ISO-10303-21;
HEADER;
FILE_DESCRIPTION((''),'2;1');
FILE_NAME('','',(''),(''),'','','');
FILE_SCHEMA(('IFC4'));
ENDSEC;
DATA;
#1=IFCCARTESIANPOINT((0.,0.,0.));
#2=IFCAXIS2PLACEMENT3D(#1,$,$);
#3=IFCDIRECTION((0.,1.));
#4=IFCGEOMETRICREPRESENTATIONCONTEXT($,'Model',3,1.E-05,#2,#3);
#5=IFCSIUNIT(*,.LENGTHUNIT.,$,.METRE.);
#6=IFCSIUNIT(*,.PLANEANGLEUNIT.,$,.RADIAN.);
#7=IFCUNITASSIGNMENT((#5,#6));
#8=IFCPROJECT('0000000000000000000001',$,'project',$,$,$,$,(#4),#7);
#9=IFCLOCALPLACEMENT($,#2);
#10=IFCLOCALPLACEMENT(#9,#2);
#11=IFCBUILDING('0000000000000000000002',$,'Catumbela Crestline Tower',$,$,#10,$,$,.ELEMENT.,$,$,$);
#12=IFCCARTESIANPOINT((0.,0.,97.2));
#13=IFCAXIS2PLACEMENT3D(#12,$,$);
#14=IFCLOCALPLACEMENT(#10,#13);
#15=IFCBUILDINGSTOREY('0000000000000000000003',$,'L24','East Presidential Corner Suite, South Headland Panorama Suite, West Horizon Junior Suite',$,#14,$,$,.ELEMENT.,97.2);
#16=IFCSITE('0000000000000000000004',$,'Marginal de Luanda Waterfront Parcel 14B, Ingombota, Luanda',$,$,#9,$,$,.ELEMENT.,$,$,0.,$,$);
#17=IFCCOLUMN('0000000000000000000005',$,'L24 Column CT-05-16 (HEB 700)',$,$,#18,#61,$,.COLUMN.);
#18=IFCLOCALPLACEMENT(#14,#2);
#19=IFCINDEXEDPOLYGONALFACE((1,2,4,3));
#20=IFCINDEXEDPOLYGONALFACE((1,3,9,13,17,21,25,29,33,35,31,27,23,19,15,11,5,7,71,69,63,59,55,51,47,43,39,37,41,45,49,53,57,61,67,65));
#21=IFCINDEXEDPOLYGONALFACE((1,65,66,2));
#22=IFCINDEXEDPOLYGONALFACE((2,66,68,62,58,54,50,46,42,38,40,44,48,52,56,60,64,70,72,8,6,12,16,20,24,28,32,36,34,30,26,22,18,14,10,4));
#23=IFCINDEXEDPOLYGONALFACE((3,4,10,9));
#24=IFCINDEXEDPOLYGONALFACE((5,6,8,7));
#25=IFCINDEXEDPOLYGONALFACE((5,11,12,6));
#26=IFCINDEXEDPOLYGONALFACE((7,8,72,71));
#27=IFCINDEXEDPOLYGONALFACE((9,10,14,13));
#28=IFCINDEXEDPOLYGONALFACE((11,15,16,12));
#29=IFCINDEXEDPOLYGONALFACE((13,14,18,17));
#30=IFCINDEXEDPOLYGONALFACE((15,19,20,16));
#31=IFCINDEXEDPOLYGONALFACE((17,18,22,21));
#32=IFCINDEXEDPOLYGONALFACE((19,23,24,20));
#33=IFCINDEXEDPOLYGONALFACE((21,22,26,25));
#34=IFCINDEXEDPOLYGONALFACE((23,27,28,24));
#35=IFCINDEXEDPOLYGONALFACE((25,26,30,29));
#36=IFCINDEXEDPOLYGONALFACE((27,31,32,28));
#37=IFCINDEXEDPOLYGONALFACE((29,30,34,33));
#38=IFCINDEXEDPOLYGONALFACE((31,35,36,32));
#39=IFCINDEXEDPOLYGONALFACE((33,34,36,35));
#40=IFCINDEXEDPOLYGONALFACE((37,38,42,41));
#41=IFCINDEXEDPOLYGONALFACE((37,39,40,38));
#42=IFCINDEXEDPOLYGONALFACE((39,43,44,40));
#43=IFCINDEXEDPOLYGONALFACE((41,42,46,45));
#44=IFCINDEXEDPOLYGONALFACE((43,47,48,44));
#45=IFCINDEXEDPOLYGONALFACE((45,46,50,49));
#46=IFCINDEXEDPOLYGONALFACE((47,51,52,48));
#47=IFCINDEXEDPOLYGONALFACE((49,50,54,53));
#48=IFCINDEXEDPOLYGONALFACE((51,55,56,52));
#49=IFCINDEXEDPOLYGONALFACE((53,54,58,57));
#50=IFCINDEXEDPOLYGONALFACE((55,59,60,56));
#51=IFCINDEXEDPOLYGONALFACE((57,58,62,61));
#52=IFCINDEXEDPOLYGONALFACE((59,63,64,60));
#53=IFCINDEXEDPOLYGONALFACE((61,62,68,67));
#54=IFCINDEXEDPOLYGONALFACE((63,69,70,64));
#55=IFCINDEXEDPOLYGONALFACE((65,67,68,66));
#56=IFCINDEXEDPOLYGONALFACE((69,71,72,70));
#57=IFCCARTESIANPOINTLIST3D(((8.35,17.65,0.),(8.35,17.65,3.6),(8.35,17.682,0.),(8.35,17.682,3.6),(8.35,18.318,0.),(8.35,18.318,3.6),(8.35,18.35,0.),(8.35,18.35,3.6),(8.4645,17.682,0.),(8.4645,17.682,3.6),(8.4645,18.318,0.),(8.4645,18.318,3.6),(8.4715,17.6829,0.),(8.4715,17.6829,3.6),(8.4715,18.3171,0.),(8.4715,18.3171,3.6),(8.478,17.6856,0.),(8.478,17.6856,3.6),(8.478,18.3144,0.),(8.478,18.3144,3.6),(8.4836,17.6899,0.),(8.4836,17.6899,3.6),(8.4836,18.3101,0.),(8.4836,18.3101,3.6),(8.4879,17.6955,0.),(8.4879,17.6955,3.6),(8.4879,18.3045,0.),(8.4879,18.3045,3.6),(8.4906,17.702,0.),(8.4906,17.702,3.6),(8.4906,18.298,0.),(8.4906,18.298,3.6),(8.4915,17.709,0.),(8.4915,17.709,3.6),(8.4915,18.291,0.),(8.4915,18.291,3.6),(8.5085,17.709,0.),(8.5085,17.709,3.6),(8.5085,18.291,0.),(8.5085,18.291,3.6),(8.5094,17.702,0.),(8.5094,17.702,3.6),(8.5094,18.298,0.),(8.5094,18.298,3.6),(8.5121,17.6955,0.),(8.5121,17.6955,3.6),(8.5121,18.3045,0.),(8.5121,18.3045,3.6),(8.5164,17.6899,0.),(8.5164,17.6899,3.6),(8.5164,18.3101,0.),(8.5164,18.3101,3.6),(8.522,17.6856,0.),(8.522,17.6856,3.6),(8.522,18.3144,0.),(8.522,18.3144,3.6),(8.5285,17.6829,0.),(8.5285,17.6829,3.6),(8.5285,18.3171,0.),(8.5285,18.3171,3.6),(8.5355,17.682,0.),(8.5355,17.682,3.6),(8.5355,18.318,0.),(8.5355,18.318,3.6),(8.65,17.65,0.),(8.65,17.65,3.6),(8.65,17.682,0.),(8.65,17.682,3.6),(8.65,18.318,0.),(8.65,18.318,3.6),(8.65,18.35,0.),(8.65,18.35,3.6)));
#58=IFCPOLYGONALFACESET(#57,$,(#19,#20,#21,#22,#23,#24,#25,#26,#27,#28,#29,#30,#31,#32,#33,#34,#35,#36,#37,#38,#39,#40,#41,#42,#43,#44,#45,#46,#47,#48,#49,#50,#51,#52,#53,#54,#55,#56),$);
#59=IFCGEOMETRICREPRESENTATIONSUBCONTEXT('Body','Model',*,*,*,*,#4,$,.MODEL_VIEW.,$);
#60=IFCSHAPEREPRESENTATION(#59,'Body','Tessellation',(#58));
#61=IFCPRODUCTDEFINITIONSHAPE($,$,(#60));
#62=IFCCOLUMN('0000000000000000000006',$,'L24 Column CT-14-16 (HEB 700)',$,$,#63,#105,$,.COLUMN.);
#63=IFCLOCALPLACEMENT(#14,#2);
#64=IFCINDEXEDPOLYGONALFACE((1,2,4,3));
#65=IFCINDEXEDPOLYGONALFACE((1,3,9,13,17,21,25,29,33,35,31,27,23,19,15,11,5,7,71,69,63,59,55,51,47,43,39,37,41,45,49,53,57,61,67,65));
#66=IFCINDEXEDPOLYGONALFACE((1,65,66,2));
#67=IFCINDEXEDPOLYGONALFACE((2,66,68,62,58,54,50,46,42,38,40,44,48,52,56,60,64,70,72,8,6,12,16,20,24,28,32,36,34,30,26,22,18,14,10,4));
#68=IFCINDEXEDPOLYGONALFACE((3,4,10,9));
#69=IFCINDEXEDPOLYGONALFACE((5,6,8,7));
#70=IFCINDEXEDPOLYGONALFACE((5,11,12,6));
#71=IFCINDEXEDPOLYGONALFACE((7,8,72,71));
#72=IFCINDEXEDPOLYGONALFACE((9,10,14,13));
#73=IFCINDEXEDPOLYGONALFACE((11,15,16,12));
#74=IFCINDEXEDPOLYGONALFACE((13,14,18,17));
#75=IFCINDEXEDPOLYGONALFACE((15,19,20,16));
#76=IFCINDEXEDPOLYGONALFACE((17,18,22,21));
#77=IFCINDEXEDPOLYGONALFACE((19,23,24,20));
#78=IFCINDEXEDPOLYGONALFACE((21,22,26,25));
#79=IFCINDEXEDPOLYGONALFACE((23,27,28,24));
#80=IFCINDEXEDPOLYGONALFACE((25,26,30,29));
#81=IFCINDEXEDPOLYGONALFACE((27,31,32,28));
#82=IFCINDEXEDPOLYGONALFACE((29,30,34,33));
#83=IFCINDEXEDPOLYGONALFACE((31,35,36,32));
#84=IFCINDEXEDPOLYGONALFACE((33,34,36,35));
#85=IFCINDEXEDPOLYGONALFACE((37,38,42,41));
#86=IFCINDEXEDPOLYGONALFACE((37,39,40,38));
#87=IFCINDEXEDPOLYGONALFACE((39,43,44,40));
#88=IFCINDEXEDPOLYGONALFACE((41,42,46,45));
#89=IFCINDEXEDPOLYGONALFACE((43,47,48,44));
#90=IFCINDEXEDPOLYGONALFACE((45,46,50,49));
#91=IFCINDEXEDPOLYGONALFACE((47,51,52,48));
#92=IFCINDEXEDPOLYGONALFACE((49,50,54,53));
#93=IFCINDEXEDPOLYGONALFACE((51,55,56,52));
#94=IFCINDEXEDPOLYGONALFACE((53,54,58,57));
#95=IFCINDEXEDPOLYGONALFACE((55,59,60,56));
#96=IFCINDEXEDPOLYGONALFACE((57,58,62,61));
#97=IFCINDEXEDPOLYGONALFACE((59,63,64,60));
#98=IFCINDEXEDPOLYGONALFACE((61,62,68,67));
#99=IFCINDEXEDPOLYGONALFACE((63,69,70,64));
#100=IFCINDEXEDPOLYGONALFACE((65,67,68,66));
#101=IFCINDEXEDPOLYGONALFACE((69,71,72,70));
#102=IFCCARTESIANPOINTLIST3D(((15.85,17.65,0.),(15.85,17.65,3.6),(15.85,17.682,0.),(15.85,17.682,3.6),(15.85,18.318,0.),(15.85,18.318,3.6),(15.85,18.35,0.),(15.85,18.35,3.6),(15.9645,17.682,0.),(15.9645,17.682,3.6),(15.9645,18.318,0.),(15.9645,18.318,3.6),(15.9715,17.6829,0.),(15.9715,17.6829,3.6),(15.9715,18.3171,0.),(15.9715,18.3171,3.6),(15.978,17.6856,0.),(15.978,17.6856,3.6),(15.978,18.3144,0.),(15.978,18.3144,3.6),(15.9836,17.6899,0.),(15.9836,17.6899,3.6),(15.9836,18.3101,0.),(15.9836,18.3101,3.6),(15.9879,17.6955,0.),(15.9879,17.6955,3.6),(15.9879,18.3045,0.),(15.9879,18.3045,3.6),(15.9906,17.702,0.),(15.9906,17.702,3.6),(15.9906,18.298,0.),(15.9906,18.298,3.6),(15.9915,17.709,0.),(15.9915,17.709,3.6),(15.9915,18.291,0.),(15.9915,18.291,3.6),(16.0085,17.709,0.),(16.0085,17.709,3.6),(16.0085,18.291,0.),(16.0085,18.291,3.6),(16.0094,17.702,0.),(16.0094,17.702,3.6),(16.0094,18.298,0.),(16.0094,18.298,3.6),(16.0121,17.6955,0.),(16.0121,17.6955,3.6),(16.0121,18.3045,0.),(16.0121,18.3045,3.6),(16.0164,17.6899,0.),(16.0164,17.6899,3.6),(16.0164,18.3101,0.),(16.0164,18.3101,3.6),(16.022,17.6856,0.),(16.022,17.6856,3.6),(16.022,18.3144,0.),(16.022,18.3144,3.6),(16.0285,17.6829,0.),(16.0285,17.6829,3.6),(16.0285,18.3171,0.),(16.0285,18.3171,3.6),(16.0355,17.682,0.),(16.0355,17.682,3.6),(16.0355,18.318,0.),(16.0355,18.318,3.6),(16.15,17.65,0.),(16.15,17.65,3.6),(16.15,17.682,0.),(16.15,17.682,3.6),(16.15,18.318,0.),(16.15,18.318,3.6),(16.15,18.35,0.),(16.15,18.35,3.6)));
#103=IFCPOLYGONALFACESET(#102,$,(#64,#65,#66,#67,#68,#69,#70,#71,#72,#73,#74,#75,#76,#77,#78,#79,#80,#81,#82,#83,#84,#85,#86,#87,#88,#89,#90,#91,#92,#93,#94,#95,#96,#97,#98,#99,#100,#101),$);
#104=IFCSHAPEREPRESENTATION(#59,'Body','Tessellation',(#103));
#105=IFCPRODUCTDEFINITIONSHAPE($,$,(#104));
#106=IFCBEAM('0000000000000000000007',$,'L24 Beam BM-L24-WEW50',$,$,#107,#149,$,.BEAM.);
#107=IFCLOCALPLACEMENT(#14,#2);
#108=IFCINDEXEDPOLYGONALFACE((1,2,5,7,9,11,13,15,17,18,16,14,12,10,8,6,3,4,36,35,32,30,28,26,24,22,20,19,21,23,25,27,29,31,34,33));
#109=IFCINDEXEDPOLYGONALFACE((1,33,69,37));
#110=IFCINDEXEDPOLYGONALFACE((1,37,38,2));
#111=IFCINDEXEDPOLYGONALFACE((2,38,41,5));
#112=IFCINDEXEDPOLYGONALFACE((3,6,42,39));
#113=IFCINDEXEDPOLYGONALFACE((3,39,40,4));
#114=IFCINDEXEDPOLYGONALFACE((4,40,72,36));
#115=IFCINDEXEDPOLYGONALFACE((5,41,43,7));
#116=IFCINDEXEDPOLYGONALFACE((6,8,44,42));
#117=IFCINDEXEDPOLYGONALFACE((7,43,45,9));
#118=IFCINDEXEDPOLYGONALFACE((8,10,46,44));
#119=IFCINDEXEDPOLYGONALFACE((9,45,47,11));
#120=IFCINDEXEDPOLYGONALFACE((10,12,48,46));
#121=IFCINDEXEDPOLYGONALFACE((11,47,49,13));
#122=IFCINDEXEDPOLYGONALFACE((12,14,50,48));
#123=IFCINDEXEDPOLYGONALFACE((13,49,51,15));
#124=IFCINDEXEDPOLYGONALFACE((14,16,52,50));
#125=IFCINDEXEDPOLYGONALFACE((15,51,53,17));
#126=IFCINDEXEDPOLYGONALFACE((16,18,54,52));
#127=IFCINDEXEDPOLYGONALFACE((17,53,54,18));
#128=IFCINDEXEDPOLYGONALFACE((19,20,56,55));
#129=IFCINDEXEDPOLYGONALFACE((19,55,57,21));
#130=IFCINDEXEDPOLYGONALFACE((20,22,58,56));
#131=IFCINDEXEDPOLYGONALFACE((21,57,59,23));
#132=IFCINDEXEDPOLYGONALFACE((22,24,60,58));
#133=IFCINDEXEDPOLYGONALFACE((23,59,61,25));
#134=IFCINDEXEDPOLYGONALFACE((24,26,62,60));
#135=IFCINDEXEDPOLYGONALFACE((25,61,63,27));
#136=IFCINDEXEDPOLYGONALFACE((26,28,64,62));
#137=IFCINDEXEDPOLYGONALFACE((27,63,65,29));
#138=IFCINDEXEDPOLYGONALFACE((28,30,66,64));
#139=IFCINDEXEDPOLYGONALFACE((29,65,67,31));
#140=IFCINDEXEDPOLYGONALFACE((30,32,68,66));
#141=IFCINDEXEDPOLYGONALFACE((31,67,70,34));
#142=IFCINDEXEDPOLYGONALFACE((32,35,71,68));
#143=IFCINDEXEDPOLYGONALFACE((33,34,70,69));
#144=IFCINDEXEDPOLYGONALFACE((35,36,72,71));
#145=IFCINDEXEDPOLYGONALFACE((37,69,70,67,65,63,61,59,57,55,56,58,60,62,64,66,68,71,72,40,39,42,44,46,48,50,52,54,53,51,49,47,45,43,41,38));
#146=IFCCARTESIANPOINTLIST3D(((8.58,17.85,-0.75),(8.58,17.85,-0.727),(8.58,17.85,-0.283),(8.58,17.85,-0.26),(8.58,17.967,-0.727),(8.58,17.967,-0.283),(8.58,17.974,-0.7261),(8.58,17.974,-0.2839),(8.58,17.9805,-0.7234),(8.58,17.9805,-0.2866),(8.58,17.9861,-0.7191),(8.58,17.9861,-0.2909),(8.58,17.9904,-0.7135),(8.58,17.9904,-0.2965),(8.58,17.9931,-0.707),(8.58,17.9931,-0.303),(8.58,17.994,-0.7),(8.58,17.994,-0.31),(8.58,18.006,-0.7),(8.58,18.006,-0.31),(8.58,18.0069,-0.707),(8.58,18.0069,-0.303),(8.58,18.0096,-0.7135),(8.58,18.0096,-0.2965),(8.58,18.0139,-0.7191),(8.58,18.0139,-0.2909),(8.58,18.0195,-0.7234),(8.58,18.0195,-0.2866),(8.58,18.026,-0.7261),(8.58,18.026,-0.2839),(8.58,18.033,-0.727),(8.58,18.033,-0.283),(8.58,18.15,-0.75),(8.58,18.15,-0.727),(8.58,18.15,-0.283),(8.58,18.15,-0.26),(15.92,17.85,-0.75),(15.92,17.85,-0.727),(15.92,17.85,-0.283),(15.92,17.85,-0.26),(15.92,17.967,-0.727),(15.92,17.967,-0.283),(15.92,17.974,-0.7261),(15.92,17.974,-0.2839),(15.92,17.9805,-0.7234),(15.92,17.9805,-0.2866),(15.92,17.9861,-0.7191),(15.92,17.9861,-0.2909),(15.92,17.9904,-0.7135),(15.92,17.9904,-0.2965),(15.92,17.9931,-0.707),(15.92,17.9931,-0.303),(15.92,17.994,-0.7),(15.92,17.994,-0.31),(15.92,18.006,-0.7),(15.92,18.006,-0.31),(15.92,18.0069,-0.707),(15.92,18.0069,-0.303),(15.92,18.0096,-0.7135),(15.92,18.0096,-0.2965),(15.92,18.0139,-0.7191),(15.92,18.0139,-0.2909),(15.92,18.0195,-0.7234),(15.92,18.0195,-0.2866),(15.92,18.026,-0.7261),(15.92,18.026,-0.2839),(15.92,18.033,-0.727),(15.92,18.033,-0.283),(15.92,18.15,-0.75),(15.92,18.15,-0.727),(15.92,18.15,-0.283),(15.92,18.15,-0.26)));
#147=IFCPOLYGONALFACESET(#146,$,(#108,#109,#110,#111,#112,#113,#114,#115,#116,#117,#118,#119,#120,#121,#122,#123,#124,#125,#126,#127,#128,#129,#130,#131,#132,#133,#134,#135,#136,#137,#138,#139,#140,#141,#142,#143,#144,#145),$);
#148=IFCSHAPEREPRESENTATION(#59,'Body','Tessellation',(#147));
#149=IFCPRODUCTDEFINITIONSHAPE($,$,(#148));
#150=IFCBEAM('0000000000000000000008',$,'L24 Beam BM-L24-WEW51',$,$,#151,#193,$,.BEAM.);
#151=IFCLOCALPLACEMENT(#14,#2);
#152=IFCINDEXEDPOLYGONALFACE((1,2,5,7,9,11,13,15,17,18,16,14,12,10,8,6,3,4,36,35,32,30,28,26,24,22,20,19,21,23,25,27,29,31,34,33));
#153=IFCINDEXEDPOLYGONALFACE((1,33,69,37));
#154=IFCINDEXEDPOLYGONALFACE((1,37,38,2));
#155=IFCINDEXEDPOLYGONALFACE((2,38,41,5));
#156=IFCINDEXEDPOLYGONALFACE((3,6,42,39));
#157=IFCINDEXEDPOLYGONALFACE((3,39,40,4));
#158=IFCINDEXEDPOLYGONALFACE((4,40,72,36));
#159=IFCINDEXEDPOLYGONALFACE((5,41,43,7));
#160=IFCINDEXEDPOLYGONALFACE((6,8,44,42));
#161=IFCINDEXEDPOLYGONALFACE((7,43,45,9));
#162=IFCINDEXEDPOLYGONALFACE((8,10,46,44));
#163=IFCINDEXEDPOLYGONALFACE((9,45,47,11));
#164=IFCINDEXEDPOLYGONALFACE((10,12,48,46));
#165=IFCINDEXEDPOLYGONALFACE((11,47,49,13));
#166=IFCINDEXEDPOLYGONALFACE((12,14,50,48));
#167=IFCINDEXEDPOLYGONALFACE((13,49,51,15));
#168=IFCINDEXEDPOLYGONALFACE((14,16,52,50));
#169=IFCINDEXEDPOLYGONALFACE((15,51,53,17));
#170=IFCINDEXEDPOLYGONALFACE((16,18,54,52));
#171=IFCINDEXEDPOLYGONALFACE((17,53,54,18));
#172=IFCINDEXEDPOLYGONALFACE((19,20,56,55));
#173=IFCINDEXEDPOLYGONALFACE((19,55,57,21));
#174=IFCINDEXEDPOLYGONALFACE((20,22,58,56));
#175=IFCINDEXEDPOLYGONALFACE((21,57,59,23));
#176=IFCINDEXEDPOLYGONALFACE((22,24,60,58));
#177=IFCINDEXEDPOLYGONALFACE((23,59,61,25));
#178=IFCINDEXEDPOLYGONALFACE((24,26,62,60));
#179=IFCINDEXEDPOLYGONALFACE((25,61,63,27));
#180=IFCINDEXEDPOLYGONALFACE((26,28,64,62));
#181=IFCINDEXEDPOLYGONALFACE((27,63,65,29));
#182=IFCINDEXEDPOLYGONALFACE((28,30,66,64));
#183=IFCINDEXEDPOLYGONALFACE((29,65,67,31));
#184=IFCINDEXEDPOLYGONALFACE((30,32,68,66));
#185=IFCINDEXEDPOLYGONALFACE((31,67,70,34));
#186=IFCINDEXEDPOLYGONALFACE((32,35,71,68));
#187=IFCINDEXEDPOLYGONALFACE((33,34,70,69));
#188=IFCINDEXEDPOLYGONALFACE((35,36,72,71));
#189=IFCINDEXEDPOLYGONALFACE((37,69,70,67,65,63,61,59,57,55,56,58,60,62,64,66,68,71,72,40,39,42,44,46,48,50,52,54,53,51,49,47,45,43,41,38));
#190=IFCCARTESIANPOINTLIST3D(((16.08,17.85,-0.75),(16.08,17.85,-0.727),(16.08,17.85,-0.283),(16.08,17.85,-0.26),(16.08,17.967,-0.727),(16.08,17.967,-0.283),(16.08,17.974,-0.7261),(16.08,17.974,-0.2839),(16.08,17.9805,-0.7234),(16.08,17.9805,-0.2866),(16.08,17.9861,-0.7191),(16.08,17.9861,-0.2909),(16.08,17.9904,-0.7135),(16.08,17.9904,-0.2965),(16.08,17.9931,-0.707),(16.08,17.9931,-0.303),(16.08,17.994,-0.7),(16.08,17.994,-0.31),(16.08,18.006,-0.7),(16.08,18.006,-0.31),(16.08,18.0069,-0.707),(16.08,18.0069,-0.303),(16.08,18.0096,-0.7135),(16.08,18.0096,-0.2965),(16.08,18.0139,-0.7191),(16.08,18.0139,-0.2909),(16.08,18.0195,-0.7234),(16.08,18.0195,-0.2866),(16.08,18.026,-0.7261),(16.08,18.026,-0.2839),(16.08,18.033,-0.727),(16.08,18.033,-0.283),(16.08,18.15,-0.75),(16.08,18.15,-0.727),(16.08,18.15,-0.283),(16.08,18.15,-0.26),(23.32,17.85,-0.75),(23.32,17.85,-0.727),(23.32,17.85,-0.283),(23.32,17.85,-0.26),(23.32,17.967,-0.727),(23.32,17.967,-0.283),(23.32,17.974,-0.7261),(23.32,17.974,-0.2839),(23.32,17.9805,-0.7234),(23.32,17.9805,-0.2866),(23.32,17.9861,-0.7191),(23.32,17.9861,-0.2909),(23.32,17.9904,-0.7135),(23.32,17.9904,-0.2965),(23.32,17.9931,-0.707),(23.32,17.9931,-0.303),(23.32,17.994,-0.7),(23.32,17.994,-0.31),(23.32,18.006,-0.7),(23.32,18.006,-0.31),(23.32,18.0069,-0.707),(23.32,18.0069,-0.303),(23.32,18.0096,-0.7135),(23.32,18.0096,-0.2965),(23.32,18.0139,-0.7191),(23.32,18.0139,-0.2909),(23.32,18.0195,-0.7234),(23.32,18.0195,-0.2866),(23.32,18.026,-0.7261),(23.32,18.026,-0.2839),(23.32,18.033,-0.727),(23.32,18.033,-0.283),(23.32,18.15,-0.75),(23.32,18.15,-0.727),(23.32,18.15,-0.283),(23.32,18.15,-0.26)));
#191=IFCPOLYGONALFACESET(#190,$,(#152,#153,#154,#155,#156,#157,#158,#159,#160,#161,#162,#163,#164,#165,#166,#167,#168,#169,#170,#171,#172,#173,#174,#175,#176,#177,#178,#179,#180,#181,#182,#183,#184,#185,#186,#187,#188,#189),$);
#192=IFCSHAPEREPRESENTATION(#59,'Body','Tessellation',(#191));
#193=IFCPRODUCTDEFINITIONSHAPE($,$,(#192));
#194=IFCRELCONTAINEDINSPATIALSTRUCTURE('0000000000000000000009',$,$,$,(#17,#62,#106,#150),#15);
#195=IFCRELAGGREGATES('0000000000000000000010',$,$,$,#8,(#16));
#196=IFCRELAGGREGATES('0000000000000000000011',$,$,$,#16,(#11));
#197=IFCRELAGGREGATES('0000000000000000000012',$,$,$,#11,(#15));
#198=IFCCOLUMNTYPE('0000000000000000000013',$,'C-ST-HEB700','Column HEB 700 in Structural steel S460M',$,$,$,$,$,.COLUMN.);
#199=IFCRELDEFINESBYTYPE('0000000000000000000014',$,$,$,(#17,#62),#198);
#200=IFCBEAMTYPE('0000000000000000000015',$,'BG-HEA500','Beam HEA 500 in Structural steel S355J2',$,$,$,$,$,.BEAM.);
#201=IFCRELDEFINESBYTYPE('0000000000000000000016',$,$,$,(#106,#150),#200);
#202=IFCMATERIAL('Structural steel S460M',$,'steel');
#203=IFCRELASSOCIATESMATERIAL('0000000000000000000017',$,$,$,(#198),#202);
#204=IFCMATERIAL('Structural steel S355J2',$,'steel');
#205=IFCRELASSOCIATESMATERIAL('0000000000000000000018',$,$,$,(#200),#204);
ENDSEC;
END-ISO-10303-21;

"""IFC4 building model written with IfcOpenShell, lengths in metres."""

from ifc_helpers import new_model, si_unit, direction, frame, origin, origin_2d, place, context, subcontext, project, spatial, i_section, extrude, material, material_profile, profile_set, type_object, element, save


model = new_model("IFC4")

# Units and contexts
model_context = context("Model", 3, precision=1e-05, world=origin(), true_north=direction((0.0, 1.0)))
body_context = subcontext(model_context, "Body", "Model", "MODEL_VIEW")
ifc_project = project(units=[si_unit("LENGTHUNIT", "METRE"), si_unit("PLANEANGLEUNIT", "RADIAN")], contexts=[model_context])

# Site, building, storey
site_placement = place(None, origin())
site = spatial("IfcSite", under=ifc_project, at=site_placement, Name="Marginal de Luanda Waterfront Parcel 14B, Ingombota, Luanda", CompositionType="ELEMENT", RefElevation=0.0)
building_placement = place(site_placement, origin())
building = spatial("IfcBuilding", under=site, at=building_placement, Name="Catumbela Crestline Tower", CompositionType="ELEMENT")
storey_placement = place(building_placement, frame((0.0, 0.0, 97.2)))
storey = spatial("IfcBuildingStorey", under=building, at=storey_placement, Name="L24", Description="East Presidential Corner Suite, South Headland Panorama Suite, West Horizon Junior Suite", CompositionType="ELEMENT", Elevation=97.2)

# Columns
ifc_material_1 = material(Name="Structural steel S460M", Category="steel")
ifc_material_profile_1 = material_profile(ifc_material_1, i_section(OverallWidth=0.3, OverallDepth=0.7, WebThickness=0.017, FlangeThickness=0.032, FilletRadius=0.027, at=origin_2d()), Name="HEB 700")
ifc_profile_set_1 = profile_set([ifc_material_profile_1], Name="Structural steel S460M")
column_type = type_object("IfcColumnType", Name="C-ST-HEB700", Description="Column HEB 700 in Structural steel S460M", PredefinedType="COLUMN", material=ifc_profile_set_1)
for number, where, z_axis, x_axis, name in (
    (1, (8.5, 18.0, 0.0), (0.0, 0.0, 1.0), (1.0, 0.0, 0.0), "L24 Column CT-05-16 (HEB 700)"),
    (2, (16.0, 18.0, 0.0), (0.0, 0.0, 1.0), (1.0, 0.0, 0.0), "L24 Column CT-14-16 (HEB 700)"),
):
    element("IfcColumn", number, at=place(storey_placement, frame(where, z_axis=z_axis, x_axis=x_axis)), inside=storey, type_object=column_type, Name=name, PredefinedType="COLUMN", context=body_context, shape_type="SweptSolid", body=[
        extrude(i_section(OverallWidth=0.3, OverallDepth=0.7, WebThickness=0.017, FlangeThickness=0.032, FilletRadius=0.027, at=origin_2d()), origin(), (0.0, 0.0, 1.0), 3.6),
    ])

# Beams
ifc_material_2 = material(Name="Structural steel S355J2", Category="steel")
ifc_material_profile_2 = material_profile(ifc_material_2, i_section(OverallWidth=0.3, OverallDepth=0.49, WebThickness=0.012, FlangeThickness=0.023, FilletRadius=0.027, at=origin_2d()), Name="HEA 500")
ifc_profile_set_2 = profile_set([ifc_material_profile_2], Name="Structural steel S355J2")
beam_type_1 = type_object("IfcBeamType", Name="BG-HEA500", Description="Beam HEA 500 in Structural steel S355J2", PredefinedType="BEAM", material=ifc_profile_set_2)
beam_1_placement = place(storey_placement, frame((8.58, 18.0, -0.505), z_axis=(1.0, 0.0, 0.0), x_axis=(0.0, 1.0, 0.0)))
element("IfcBeam", 3, at=beam_1_placement, inside=storey, type_object=beam_type_1, Name="L24 Beam BM-L24-WEW50", PredefinedType="BEAM", context=body_context, shape_type="SweptSolid", body=[
    extrude(i_section(OverallWidth=0.3, OverallDepth=0.49, WebThickness=0.012, FlangeThickness=0.023, FilletRadius=0.027, at=origin_2d()), origin(), (0.0, 0.0, 1.0), 7.34),
])
beam_2_placement = place(storey_placement, frame((16.08, 18.0, -0.505), z_axis=(1.0, 0.0, 0.0), x_axis=(0.0, 1.0, 0.0)))
element("IfcBeam", 4, at=beam_2_placement, inside=storey, type_object=beam_type_1, Name="L24 Beam BM-L24-WEW51", PredefinedType="BEAM", context=body_context, shape_type="SweptSolid", body=[
    extrude(i_section(OverallWidth=0.3, OverallDepth=0.49, WebThickness=0.012, FlangeThickness=0.023, FilletRadius=0.027, at=origin_2d()), origin(), (0.0, 0.0, 1.0), 7.24),
])

save(model, "model.ifc")
